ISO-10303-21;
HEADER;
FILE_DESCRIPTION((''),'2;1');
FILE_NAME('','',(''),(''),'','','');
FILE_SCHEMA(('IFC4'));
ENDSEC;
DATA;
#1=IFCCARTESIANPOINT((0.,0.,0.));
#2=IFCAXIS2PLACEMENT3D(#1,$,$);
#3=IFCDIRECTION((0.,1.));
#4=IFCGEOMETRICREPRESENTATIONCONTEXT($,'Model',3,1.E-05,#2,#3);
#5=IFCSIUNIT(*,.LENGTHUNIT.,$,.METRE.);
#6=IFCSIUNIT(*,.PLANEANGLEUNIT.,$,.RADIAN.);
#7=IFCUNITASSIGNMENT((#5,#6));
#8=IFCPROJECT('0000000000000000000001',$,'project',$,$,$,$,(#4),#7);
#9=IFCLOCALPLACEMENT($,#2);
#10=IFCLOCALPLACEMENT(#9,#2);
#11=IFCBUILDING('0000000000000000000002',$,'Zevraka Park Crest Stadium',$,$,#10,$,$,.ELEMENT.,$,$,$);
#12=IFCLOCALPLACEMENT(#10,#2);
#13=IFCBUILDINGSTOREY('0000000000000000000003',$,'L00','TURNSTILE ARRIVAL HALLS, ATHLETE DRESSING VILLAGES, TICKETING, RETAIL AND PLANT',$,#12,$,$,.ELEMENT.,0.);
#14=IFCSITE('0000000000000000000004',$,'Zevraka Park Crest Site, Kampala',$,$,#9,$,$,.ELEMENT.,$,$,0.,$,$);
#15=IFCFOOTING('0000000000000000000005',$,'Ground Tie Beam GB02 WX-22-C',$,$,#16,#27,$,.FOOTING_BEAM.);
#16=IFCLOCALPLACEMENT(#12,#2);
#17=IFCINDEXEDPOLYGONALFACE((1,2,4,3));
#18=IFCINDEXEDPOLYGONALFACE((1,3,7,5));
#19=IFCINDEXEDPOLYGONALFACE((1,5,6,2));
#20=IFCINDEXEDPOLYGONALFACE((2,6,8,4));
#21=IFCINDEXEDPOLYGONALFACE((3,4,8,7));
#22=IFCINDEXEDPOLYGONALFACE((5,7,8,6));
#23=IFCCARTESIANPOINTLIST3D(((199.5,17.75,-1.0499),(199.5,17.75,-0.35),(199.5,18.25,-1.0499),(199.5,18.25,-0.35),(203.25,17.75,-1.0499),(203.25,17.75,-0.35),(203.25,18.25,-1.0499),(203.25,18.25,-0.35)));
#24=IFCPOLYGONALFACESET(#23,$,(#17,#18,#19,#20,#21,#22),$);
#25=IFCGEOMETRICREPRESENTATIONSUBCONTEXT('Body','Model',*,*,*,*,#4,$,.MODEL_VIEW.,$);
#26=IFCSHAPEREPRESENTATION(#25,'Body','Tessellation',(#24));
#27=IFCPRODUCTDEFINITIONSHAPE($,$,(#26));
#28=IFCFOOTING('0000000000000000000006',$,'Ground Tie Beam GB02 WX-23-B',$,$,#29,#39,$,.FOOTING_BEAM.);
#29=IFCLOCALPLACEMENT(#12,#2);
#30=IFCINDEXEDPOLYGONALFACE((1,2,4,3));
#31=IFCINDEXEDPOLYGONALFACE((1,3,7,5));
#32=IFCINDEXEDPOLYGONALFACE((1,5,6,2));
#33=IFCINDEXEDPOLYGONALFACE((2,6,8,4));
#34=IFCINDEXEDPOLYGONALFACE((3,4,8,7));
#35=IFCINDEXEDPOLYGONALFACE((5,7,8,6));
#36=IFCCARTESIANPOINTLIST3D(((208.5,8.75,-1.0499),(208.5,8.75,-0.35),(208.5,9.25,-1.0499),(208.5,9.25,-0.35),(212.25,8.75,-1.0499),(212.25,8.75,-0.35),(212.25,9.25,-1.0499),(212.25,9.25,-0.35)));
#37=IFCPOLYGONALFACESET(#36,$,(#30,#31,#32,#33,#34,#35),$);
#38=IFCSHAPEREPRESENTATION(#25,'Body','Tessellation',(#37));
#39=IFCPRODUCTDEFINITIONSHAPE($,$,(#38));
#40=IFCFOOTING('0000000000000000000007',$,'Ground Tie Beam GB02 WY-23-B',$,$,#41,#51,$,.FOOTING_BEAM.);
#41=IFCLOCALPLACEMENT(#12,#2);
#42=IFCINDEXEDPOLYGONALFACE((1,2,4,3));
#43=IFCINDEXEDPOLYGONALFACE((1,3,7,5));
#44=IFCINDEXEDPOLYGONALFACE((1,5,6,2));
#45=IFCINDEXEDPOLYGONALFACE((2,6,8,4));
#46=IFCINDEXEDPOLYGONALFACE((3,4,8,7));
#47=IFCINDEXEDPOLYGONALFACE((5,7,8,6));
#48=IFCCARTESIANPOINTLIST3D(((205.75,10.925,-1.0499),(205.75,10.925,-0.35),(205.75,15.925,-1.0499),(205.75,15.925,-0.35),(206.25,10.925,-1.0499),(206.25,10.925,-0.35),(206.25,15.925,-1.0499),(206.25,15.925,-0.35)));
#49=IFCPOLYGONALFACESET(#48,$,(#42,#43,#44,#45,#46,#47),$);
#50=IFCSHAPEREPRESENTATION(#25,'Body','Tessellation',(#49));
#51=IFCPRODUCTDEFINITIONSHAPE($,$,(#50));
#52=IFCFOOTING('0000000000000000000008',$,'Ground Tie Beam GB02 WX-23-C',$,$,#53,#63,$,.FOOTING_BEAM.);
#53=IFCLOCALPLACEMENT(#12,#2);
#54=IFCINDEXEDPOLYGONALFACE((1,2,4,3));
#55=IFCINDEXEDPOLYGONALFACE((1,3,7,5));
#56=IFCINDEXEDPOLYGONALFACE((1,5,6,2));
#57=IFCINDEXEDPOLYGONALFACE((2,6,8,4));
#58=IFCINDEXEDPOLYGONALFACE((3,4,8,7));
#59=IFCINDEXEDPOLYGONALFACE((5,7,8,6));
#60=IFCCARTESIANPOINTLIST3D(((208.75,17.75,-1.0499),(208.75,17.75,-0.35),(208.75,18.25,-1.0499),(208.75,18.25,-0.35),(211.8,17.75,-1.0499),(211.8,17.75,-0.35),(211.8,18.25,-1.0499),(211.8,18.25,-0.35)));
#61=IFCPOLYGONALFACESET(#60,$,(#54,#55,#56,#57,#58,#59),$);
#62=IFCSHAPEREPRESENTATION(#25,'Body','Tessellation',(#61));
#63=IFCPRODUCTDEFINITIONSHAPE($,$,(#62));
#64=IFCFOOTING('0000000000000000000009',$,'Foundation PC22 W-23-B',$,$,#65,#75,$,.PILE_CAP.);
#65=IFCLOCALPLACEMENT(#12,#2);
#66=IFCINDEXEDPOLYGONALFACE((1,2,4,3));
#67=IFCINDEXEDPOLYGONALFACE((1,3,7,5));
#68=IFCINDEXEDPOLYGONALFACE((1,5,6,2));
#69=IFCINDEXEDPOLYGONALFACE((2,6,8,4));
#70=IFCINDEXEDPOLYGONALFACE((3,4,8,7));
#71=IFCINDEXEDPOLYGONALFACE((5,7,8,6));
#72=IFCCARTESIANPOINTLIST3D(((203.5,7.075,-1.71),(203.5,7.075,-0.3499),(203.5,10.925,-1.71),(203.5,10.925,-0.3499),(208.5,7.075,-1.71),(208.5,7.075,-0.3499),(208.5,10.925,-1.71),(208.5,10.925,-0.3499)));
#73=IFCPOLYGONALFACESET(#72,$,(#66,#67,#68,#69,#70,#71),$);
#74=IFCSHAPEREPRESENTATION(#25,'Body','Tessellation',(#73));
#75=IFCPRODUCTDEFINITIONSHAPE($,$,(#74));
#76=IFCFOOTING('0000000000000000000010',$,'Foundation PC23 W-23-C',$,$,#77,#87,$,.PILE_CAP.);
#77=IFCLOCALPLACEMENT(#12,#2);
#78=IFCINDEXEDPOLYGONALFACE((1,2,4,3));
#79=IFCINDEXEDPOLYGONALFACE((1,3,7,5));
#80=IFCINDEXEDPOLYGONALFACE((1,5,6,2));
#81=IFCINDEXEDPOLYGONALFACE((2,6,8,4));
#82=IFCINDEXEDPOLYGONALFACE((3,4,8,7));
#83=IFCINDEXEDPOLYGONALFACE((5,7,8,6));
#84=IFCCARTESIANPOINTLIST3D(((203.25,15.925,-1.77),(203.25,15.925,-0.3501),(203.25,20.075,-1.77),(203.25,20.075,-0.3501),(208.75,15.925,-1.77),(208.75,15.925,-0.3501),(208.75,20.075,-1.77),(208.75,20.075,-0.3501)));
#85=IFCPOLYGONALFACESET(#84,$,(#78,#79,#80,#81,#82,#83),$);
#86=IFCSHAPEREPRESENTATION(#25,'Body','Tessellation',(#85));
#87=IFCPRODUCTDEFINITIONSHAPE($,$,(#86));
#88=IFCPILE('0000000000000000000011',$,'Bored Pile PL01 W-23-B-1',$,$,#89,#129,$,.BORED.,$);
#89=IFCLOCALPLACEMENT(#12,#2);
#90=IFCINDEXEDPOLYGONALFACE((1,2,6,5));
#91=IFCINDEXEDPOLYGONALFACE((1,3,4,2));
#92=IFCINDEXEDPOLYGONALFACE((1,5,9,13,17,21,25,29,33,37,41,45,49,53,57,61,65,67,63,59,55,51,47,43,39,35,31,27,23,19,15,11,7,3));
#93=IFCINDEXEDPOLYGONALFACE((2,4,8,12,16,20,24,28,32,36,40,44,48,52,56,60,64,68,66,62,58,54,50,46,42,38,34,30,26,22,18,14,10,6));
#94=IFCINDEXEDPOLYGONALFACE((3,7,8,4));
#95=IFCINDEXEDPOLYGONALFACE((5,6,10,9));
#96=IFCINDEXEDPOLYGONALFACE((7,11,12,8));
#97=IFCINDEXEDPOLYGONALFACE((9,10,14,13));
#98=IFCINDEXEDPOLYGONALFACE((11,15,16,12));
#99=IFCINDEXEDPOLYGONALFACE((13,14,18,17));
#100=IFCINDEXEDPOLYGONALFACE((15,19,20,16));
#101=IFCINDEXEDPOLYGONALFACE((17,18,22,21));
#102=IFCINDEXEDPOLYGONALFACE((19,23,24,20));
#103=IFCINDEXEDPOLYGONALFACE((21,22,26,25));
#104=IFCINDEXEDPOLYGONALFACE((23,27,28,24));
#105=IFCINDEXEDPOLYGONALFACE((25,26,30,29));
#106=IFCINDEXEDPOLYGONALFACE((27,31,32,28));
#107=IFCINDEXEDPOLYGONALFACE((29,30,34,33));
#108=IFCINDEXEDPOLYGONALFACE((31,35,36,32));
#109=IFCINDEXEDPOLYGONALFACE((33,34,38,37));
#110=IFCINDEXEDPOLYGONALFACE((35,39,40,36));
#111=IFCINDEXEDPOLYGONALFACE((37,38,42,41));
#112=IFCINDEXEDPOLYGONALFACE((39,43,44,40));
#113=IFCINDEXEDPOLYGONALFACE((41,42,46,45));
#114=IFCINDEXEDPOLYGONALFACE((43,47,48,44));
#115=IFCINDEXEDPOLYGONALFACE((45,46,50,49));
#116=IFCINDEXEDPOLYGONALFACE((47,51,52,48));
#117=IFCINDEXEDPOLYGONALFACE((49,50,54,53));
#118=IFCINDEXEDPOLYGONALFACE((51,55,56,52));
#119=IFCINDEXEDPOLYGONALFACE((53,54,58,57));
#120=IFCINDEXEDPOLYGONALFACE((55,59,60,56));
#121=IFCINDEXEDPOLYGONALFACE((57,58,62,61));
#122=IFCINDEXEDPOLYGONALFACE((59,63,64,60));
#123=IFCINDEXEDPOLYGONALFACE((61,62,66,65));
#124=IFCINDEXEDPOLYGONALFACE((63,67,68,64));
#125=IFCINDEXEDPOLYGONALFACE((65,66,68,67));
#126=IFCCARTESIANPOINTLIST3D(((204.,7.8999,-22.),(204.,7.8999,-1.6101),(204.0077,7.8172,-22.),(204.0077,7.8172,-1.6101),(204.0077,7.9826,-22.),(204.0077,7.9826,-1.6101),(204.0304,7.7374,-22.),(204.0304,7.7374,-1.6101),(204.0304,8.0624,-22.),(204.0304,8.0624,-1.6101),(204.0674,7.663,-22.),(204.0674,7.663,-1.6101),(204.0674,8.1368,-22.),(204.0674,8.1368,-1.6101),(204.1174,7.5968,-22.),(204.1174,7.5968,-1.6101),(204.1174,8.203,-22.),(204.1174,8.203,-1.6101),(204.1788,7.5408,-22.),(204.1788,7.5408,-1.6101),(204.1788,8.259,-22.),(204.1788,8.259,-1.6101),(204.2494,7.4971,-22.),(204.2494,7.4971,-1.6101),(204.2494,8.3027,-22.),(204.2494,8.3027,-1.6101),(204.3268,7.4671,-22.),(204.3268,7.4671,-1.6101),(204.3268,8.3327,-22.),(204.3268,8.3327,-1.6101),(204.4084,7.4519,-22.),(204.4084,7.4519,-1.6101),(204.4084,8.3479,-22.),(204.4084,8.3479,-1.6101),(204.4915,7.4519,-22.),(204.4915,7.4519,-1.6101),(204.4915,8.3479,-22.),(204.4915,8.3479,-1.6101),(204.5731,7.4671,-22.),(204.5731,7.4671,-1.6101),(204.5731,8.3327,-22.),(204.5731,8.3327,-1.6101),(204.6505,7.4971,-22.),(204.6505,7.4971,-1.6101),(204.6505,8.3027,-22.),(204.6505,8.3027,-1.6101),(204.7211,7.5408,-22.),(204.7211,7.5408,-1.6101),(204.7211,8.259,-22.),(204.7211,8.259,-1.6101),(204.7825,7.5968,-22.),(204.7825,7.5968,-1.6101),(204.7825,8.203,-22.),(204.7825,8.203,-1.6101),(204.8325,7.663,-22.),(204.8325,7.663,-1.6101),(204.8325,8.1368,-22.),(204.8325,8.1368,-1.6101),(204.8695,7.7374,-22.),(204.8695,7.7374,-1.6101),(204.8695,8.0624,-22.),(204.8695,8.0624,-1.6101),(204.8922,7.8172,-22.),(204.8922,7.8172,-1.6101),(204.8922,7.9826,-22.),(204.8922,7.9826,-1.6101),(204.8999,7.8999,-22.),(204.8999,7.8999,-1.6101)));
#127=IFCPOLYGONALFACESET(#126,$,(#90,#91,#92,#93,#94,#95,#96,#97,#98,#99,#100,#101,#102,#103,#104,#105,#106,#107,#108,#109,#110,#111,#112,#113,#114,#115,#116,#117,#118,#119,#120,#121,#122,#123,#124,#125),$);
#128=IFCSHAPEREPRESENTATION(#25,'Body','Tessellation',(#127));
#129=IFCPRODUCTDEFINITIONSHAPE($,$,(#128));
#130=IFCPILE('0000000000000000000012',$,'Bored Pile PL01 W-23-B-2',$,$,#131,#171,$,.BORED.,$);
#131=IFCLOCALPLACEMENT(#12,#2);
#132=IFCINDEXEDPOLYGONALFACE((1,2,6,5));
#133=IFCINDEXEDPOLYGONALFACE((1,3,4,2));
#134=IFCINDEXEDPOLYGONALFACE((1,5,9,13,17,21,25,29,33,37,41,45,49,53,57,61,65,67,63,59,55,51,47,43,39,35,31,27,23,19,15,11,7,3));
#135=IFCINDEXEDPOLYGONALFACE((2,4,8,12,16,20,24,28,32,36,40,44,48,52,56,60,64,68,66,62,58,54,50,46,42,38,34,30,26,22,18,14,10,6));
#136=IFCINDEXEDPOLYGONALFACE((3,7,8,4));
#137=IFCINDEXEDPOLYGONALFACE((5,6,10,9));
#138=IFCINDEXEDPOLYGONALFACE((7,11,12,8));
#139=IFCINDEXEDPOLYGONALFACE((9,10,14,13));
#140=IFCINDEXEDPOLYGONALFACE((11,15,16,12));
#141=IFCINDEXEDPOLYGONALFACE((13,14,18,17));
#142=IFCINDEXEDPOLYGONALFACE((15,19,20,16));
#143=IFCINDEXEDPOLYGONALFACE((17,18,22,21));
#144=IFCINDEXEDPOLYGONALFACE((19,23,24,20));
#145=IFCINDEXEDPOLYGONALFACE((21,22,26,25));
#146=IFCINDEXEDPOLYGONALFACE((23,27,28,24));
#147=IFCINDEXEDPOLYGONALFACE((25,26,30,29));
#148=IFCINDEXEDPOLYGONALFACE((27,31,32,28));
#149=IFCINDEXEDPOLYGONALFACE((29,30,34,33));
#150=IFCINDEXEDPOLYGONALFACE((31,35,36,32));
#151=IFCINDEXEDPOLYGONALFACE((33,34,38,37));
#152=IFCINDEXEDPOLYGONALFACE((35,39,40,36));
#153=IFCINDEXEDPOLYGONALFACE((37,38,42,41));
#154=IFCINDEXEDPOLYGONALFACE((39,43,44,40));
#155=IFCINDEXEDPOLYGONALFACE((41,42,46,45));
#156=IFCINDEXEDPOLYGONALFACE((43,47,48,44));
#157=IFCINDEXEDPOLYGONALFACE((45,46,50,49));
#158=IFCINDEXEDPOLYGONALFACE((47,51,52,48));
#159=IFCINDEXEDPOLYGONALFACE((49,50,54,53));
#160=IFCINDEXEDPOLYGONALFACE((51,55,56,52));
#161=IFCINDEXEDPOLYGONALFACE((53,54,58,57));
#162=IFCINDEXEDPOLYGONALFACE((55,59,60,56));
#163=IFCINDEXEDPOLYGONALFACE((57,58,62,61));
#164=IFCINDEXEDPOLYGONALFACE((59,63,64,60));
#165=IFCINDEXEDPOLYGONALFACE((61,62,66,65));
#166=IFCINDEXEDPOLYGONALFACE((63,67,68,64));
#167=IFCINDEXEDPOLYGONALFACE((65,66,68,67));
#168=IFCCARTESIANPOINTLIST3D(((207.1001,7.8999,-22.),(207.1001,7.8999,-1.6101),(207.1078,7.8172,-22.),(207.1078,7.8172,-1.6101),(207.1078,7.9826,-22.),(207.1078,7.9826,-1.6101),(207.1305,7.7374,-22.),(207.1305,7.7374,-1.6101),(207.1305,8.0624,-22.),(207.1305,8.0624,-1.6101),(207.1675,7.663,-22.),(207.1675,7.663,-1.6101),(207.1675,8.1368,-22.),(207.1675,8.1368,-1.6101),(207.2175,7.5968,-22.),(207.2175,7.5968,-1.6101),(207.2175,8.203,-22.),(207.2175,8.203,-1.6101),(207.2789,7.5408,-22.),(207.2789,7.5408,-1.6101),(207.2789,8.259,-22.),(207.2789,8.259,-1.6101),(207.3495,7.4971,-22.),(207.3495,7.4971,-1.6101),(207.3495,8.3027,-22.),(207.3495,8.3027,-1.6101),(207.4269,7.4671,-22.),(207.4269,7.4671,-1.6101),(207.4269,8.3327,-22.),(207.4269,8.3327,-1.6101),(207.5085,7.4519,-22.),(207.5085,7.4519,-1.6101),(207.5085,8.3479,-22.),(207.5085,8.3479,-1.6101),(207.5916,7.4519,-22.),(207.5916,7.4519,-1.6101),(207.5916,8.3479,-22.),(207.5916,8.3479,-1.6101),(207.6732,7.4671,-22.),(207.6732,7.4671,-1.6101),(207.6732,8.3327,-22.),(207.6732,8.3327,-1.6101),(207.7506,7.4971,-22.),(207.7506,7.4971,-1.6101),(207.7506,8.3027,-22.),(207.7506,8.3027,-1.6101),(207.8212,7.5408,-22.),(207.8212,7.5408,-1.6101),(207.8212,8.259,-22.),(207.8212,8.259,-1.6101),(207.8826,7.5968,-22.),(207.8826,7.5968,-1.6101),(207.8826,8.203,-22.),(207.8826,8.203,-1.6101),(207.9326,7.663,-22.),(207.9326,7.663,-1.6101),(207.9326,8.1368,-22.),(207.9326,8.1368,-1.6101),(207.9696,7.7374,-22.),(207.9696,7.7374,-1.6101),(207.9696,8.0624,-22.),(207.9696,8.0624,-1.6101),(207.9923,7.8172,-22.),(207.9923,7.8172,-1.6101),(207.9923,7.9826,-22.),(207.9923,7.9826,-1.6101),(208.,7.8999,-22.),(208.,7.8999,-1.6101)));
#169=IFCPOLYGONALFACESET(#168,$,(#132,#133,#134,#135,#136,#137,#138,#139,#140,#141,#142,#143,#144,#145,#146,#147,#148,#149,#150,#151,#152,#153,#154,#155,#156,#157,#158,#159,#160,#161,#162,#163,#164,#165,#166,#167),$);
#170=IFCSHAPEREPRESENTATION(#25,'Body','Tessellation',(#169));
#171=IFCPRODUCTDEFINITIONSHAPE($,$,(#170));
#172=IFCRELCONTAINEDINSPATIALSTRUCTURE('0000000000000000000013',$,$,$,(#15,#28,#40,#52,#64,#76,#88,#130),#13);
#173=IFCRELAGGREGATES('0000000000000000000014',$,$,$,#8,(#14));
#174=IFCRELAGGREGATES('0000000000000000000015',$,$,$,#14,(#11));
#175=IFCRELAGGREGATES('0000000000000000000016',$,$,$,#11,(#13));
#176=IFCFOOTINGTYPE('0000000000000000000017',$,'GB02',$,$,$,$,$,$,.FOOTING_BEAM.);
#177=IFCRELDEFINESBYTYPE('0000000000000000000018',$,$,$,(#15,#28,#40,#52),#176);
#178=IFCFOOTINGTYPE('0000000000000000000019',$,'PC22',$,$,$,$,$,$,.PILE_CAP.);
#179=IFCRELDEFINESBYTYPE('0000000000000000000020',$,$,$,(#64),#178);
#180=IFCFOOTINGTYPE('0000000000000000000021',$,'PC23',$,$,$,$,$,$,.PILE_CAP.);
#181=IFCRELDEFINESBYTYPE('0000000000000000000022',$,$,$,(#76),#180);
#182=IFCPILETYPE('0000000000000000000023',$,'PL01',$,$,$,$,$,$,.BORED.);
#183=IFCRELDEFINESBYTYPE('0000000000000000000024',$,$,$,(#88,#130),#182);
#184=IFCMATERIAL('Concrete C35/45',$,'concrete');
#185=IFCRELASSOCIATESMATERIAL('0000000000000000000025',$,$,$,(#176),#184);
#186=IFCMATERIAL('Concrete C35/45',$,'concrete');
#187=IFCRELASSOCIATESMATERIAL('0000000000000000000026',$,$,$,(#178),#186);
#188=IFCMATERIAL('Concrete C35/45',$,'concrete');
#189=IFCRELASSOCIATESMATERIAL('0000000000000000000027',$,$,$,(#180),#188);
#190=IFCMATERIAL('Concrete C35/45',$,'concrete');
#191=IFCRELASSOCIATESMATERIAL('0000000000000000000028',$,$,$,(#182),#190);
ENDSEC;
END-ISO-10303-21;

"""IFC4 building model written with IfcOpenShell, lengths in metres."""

from ifc_helpers import new_model, si_unit, direction, frame, origin, origin_2d, place, context, subcontext, project, spatial, rectangle, circle, extrude, material, material_profile, profile_set, type_object, element, save


model = new_model("IFC4")

# Units and contexts
model_context = context("Model", 3, precision=1e-05, world=origin(), true_north=direction((0.0, 1.0)))
body_context = subcontext(model_context, "Body", "Model", "MODEL_VIEW")
ifc_project = project(units=[si_unit("LENGTHUNIT", "METRE"), si_unit("PLANEANGLEUNIT", "RADIAN")], contexts=[model_context])

# Site, building, storey
site_placement = place(None, origin())
site = spatial("IfcSite", under=ifc_project, at=site_placement, Name="Zevraka Park Crest Site, Kampala", CompositionType="ELEMENT", RefElevation=0.0)
building_placement = place(site_placement, origin())
building = spatial("IfcBuilding", under=site, at=building_placement, Name="Zevraka Park Crest Stadium", CompositionType="ELEMENT")
storey_placement = place(building_placement, origin())
storey = spatial("IfcBuildingStorey", under=building, at=storey_placement, Name="L00", Description="TURNSTILE ARRIVAL HALLS, ATHLETE DRESSING VILLAGES, TICKETING, RETAIL AND PLANT", CompositionType="ELEMENT", Elevation=0.0)

# Footings
ifc_material_1 = material(Name="Concrete C35/45", Category="concrete")
ifc_material_profile_1 = material_profile(ifc_material_1, rectangle(XDim=0.5, YDim=0.7, at=origin_2d()), Name="GB 700x500")
ifc_profile_set_1 = profile_set([ifc_material_profile_1], Name="Concrete C35/45")
footing_type_1 = type_object("IfcFootingType", Name="GB02", PredefinedType="FOOTING_BEAM", material=ifc_profile_set_1)
for number, where, z_axis, x_axis, name in (
    (1, (199.5, 18.0, -0.7), (1.0, 0.0, 0.0), (0.0, 1.0, 0.0), "Ground Tie Beam GB02 WX-22-C"),
    (2, (208.5, 9.0, -0.7), (1.0, 0.0, 0.0), (0.0, 1.0, 0.0), "Ground Tie Beam GB02 WX-23-B"),
):
    element("IfcFooting", number, at=place(storey_placement, frame(where, z_axis=z_axis, x_axis=x_axis)), inside=storey, type_object=footing_type_1, Name=name, PredefinedType="FOOTING_BEAM", context=body_context, shape_type="SweptSolid", body=[
        extrude(rectangle(XDim=0.5, YDim=0.7, at=origin_2d()), origin(), (0.0, 0.0, 1.0), 3.75),
    ])
footing_1_placement = place(storey_placement, frame((206.0, 10.925, -0.7), z_axis=(0.0, 1.0, 0.0), x_axis=(-1.0, 0.0, 0.0)))
element("IfcFooting", 3, at=footing_1_placement, inside=storey, type_object=footing_type_1, Name="Ground Tie Beam GB02 WY-23-B", PredefinedType="FOOTING_BEAM", context=body_context, shape_type="SweptSolid", body=[
    extrude(rectangle(XDim=0.5, YDim=0.7, at=origin_2d()), origin(), (0.0, 0.0, 1.0), 5.0),
])
footing_2_placement = place(storey_placement, frame((208.75, 18.0, -0.7), z_axis=(1.0, 0.0, 0.0), x_axis=(0.0, 1.0, 0.0)))
element("IfcFooting", 4, at=footing_2_placement, inside=storey, type_object=footing_type_1, Name="Ground Tie Beam GB02 WX-23-C", PredefinedType="FOOTING_BEAM", context=body_context, shape_type="SweptSolid", body=[
    extrude(rectangle(XDim=0.5, YDim=0.7, at=origin_2d()), origin(), (0.0, 0.0, 1.0), 3.05),
])
ifc_material_2 = material(Name="Concrete C35/45", Category="concrete")
footing_type_2 = type_object("IfcFootingType", Name="PC22", PredefinedType="PILE_CAP", material=ifc_material_2)
footing_3_placement = place(storey_placement, frame((206.0, 9.0, -1.71), z_axis=(0.0, 0.0, 1.0), x_axis=(1.0, 0.0, 0.0)))
element("IfcFooting", 5, at=footing_3_placement, inside=storey, type_object=footing_type_2, Name="Foundation PC22 W-23-B", PredefinedType="PILE_CAP", context=body_context, shape_type="SweptSolid", body=[
    extrude(rectangle(XDim=5.0, YDim=3.8501, at=origin_2d()), origin(), (0.0, 0.0, 1.0), 1.3601),
])
ifc_material_3 = material(Name="Concrete C35/45", Category="concrete")
footing_type_3 = type_object("IfcFootingType", Name="PC23", PredefinedType="PILE_CAP", material=ifc_material_3)
footing_4_placement = place(storey_placement, frame((206.0, 18.0, -1.77), z_axis=(0.0, 0.0, 1.0), x_axis=(1.0, 0.0, 0.0)))
element("IfcFooting", 6, at=footing_4_placement, inside=storey, type_object=footing_type_3, Name="Foundation PC23 W-23-C", PredefinedType="PILE_CAP", context=body_context, shape_type="SweptSolid", body=[
    extrude(rectangle(XDim=5.5, YDim=4.1499, at=origin_2d()), origin(), (0.0, 0.0, 1.0), 1.4199),
])

# Piles
ifc_material_4 = material(Name="Concrete C35/45", Category="concrete")
ifc_material_profile_2 = material_profile(ifc_material_4, circle(Radius=0.45, at=origin_2d()), Name="PILE D900")
ifc_profile_set_2 = profile_set([ifc_material_profile_2], Name="Concrete C35/45")
pile_type_1 = type_object("IfcPileType", Name="PL01", PredefinedType="BORED", material=ifc_profile_set_2)
for number, where, z_axis, x_axis, name in (
    (7, (204.45, 7.8999, -1.6101), (0.0, 0.0, -1.0), (1.0, 0.0, 0.0), "Bored Pile PL01 W-23-B-1"),
    (8, (207.55, 7.8999, -1.6101), (0.0, 0.0, -1.0), (1.0, 0.0, 0.0), "Bored Pile PL01 W-23-B-2"),
):
    element("IfcPile", number, at=place(storey_placement, frame(where, z_axis=z_axis, x_axis=x_axis)), inside=storey, type_object=pile_type_1, Name=name, PredefinedType="BORED", context=body_context, shape_type="SweptSolid", body=[
        extrude(circle(Radius=0.45, at=origin_2d()), origin(), (0.0, 0.0, 1.0), 20.3899),
    ])

save(model, "model.ifc")
